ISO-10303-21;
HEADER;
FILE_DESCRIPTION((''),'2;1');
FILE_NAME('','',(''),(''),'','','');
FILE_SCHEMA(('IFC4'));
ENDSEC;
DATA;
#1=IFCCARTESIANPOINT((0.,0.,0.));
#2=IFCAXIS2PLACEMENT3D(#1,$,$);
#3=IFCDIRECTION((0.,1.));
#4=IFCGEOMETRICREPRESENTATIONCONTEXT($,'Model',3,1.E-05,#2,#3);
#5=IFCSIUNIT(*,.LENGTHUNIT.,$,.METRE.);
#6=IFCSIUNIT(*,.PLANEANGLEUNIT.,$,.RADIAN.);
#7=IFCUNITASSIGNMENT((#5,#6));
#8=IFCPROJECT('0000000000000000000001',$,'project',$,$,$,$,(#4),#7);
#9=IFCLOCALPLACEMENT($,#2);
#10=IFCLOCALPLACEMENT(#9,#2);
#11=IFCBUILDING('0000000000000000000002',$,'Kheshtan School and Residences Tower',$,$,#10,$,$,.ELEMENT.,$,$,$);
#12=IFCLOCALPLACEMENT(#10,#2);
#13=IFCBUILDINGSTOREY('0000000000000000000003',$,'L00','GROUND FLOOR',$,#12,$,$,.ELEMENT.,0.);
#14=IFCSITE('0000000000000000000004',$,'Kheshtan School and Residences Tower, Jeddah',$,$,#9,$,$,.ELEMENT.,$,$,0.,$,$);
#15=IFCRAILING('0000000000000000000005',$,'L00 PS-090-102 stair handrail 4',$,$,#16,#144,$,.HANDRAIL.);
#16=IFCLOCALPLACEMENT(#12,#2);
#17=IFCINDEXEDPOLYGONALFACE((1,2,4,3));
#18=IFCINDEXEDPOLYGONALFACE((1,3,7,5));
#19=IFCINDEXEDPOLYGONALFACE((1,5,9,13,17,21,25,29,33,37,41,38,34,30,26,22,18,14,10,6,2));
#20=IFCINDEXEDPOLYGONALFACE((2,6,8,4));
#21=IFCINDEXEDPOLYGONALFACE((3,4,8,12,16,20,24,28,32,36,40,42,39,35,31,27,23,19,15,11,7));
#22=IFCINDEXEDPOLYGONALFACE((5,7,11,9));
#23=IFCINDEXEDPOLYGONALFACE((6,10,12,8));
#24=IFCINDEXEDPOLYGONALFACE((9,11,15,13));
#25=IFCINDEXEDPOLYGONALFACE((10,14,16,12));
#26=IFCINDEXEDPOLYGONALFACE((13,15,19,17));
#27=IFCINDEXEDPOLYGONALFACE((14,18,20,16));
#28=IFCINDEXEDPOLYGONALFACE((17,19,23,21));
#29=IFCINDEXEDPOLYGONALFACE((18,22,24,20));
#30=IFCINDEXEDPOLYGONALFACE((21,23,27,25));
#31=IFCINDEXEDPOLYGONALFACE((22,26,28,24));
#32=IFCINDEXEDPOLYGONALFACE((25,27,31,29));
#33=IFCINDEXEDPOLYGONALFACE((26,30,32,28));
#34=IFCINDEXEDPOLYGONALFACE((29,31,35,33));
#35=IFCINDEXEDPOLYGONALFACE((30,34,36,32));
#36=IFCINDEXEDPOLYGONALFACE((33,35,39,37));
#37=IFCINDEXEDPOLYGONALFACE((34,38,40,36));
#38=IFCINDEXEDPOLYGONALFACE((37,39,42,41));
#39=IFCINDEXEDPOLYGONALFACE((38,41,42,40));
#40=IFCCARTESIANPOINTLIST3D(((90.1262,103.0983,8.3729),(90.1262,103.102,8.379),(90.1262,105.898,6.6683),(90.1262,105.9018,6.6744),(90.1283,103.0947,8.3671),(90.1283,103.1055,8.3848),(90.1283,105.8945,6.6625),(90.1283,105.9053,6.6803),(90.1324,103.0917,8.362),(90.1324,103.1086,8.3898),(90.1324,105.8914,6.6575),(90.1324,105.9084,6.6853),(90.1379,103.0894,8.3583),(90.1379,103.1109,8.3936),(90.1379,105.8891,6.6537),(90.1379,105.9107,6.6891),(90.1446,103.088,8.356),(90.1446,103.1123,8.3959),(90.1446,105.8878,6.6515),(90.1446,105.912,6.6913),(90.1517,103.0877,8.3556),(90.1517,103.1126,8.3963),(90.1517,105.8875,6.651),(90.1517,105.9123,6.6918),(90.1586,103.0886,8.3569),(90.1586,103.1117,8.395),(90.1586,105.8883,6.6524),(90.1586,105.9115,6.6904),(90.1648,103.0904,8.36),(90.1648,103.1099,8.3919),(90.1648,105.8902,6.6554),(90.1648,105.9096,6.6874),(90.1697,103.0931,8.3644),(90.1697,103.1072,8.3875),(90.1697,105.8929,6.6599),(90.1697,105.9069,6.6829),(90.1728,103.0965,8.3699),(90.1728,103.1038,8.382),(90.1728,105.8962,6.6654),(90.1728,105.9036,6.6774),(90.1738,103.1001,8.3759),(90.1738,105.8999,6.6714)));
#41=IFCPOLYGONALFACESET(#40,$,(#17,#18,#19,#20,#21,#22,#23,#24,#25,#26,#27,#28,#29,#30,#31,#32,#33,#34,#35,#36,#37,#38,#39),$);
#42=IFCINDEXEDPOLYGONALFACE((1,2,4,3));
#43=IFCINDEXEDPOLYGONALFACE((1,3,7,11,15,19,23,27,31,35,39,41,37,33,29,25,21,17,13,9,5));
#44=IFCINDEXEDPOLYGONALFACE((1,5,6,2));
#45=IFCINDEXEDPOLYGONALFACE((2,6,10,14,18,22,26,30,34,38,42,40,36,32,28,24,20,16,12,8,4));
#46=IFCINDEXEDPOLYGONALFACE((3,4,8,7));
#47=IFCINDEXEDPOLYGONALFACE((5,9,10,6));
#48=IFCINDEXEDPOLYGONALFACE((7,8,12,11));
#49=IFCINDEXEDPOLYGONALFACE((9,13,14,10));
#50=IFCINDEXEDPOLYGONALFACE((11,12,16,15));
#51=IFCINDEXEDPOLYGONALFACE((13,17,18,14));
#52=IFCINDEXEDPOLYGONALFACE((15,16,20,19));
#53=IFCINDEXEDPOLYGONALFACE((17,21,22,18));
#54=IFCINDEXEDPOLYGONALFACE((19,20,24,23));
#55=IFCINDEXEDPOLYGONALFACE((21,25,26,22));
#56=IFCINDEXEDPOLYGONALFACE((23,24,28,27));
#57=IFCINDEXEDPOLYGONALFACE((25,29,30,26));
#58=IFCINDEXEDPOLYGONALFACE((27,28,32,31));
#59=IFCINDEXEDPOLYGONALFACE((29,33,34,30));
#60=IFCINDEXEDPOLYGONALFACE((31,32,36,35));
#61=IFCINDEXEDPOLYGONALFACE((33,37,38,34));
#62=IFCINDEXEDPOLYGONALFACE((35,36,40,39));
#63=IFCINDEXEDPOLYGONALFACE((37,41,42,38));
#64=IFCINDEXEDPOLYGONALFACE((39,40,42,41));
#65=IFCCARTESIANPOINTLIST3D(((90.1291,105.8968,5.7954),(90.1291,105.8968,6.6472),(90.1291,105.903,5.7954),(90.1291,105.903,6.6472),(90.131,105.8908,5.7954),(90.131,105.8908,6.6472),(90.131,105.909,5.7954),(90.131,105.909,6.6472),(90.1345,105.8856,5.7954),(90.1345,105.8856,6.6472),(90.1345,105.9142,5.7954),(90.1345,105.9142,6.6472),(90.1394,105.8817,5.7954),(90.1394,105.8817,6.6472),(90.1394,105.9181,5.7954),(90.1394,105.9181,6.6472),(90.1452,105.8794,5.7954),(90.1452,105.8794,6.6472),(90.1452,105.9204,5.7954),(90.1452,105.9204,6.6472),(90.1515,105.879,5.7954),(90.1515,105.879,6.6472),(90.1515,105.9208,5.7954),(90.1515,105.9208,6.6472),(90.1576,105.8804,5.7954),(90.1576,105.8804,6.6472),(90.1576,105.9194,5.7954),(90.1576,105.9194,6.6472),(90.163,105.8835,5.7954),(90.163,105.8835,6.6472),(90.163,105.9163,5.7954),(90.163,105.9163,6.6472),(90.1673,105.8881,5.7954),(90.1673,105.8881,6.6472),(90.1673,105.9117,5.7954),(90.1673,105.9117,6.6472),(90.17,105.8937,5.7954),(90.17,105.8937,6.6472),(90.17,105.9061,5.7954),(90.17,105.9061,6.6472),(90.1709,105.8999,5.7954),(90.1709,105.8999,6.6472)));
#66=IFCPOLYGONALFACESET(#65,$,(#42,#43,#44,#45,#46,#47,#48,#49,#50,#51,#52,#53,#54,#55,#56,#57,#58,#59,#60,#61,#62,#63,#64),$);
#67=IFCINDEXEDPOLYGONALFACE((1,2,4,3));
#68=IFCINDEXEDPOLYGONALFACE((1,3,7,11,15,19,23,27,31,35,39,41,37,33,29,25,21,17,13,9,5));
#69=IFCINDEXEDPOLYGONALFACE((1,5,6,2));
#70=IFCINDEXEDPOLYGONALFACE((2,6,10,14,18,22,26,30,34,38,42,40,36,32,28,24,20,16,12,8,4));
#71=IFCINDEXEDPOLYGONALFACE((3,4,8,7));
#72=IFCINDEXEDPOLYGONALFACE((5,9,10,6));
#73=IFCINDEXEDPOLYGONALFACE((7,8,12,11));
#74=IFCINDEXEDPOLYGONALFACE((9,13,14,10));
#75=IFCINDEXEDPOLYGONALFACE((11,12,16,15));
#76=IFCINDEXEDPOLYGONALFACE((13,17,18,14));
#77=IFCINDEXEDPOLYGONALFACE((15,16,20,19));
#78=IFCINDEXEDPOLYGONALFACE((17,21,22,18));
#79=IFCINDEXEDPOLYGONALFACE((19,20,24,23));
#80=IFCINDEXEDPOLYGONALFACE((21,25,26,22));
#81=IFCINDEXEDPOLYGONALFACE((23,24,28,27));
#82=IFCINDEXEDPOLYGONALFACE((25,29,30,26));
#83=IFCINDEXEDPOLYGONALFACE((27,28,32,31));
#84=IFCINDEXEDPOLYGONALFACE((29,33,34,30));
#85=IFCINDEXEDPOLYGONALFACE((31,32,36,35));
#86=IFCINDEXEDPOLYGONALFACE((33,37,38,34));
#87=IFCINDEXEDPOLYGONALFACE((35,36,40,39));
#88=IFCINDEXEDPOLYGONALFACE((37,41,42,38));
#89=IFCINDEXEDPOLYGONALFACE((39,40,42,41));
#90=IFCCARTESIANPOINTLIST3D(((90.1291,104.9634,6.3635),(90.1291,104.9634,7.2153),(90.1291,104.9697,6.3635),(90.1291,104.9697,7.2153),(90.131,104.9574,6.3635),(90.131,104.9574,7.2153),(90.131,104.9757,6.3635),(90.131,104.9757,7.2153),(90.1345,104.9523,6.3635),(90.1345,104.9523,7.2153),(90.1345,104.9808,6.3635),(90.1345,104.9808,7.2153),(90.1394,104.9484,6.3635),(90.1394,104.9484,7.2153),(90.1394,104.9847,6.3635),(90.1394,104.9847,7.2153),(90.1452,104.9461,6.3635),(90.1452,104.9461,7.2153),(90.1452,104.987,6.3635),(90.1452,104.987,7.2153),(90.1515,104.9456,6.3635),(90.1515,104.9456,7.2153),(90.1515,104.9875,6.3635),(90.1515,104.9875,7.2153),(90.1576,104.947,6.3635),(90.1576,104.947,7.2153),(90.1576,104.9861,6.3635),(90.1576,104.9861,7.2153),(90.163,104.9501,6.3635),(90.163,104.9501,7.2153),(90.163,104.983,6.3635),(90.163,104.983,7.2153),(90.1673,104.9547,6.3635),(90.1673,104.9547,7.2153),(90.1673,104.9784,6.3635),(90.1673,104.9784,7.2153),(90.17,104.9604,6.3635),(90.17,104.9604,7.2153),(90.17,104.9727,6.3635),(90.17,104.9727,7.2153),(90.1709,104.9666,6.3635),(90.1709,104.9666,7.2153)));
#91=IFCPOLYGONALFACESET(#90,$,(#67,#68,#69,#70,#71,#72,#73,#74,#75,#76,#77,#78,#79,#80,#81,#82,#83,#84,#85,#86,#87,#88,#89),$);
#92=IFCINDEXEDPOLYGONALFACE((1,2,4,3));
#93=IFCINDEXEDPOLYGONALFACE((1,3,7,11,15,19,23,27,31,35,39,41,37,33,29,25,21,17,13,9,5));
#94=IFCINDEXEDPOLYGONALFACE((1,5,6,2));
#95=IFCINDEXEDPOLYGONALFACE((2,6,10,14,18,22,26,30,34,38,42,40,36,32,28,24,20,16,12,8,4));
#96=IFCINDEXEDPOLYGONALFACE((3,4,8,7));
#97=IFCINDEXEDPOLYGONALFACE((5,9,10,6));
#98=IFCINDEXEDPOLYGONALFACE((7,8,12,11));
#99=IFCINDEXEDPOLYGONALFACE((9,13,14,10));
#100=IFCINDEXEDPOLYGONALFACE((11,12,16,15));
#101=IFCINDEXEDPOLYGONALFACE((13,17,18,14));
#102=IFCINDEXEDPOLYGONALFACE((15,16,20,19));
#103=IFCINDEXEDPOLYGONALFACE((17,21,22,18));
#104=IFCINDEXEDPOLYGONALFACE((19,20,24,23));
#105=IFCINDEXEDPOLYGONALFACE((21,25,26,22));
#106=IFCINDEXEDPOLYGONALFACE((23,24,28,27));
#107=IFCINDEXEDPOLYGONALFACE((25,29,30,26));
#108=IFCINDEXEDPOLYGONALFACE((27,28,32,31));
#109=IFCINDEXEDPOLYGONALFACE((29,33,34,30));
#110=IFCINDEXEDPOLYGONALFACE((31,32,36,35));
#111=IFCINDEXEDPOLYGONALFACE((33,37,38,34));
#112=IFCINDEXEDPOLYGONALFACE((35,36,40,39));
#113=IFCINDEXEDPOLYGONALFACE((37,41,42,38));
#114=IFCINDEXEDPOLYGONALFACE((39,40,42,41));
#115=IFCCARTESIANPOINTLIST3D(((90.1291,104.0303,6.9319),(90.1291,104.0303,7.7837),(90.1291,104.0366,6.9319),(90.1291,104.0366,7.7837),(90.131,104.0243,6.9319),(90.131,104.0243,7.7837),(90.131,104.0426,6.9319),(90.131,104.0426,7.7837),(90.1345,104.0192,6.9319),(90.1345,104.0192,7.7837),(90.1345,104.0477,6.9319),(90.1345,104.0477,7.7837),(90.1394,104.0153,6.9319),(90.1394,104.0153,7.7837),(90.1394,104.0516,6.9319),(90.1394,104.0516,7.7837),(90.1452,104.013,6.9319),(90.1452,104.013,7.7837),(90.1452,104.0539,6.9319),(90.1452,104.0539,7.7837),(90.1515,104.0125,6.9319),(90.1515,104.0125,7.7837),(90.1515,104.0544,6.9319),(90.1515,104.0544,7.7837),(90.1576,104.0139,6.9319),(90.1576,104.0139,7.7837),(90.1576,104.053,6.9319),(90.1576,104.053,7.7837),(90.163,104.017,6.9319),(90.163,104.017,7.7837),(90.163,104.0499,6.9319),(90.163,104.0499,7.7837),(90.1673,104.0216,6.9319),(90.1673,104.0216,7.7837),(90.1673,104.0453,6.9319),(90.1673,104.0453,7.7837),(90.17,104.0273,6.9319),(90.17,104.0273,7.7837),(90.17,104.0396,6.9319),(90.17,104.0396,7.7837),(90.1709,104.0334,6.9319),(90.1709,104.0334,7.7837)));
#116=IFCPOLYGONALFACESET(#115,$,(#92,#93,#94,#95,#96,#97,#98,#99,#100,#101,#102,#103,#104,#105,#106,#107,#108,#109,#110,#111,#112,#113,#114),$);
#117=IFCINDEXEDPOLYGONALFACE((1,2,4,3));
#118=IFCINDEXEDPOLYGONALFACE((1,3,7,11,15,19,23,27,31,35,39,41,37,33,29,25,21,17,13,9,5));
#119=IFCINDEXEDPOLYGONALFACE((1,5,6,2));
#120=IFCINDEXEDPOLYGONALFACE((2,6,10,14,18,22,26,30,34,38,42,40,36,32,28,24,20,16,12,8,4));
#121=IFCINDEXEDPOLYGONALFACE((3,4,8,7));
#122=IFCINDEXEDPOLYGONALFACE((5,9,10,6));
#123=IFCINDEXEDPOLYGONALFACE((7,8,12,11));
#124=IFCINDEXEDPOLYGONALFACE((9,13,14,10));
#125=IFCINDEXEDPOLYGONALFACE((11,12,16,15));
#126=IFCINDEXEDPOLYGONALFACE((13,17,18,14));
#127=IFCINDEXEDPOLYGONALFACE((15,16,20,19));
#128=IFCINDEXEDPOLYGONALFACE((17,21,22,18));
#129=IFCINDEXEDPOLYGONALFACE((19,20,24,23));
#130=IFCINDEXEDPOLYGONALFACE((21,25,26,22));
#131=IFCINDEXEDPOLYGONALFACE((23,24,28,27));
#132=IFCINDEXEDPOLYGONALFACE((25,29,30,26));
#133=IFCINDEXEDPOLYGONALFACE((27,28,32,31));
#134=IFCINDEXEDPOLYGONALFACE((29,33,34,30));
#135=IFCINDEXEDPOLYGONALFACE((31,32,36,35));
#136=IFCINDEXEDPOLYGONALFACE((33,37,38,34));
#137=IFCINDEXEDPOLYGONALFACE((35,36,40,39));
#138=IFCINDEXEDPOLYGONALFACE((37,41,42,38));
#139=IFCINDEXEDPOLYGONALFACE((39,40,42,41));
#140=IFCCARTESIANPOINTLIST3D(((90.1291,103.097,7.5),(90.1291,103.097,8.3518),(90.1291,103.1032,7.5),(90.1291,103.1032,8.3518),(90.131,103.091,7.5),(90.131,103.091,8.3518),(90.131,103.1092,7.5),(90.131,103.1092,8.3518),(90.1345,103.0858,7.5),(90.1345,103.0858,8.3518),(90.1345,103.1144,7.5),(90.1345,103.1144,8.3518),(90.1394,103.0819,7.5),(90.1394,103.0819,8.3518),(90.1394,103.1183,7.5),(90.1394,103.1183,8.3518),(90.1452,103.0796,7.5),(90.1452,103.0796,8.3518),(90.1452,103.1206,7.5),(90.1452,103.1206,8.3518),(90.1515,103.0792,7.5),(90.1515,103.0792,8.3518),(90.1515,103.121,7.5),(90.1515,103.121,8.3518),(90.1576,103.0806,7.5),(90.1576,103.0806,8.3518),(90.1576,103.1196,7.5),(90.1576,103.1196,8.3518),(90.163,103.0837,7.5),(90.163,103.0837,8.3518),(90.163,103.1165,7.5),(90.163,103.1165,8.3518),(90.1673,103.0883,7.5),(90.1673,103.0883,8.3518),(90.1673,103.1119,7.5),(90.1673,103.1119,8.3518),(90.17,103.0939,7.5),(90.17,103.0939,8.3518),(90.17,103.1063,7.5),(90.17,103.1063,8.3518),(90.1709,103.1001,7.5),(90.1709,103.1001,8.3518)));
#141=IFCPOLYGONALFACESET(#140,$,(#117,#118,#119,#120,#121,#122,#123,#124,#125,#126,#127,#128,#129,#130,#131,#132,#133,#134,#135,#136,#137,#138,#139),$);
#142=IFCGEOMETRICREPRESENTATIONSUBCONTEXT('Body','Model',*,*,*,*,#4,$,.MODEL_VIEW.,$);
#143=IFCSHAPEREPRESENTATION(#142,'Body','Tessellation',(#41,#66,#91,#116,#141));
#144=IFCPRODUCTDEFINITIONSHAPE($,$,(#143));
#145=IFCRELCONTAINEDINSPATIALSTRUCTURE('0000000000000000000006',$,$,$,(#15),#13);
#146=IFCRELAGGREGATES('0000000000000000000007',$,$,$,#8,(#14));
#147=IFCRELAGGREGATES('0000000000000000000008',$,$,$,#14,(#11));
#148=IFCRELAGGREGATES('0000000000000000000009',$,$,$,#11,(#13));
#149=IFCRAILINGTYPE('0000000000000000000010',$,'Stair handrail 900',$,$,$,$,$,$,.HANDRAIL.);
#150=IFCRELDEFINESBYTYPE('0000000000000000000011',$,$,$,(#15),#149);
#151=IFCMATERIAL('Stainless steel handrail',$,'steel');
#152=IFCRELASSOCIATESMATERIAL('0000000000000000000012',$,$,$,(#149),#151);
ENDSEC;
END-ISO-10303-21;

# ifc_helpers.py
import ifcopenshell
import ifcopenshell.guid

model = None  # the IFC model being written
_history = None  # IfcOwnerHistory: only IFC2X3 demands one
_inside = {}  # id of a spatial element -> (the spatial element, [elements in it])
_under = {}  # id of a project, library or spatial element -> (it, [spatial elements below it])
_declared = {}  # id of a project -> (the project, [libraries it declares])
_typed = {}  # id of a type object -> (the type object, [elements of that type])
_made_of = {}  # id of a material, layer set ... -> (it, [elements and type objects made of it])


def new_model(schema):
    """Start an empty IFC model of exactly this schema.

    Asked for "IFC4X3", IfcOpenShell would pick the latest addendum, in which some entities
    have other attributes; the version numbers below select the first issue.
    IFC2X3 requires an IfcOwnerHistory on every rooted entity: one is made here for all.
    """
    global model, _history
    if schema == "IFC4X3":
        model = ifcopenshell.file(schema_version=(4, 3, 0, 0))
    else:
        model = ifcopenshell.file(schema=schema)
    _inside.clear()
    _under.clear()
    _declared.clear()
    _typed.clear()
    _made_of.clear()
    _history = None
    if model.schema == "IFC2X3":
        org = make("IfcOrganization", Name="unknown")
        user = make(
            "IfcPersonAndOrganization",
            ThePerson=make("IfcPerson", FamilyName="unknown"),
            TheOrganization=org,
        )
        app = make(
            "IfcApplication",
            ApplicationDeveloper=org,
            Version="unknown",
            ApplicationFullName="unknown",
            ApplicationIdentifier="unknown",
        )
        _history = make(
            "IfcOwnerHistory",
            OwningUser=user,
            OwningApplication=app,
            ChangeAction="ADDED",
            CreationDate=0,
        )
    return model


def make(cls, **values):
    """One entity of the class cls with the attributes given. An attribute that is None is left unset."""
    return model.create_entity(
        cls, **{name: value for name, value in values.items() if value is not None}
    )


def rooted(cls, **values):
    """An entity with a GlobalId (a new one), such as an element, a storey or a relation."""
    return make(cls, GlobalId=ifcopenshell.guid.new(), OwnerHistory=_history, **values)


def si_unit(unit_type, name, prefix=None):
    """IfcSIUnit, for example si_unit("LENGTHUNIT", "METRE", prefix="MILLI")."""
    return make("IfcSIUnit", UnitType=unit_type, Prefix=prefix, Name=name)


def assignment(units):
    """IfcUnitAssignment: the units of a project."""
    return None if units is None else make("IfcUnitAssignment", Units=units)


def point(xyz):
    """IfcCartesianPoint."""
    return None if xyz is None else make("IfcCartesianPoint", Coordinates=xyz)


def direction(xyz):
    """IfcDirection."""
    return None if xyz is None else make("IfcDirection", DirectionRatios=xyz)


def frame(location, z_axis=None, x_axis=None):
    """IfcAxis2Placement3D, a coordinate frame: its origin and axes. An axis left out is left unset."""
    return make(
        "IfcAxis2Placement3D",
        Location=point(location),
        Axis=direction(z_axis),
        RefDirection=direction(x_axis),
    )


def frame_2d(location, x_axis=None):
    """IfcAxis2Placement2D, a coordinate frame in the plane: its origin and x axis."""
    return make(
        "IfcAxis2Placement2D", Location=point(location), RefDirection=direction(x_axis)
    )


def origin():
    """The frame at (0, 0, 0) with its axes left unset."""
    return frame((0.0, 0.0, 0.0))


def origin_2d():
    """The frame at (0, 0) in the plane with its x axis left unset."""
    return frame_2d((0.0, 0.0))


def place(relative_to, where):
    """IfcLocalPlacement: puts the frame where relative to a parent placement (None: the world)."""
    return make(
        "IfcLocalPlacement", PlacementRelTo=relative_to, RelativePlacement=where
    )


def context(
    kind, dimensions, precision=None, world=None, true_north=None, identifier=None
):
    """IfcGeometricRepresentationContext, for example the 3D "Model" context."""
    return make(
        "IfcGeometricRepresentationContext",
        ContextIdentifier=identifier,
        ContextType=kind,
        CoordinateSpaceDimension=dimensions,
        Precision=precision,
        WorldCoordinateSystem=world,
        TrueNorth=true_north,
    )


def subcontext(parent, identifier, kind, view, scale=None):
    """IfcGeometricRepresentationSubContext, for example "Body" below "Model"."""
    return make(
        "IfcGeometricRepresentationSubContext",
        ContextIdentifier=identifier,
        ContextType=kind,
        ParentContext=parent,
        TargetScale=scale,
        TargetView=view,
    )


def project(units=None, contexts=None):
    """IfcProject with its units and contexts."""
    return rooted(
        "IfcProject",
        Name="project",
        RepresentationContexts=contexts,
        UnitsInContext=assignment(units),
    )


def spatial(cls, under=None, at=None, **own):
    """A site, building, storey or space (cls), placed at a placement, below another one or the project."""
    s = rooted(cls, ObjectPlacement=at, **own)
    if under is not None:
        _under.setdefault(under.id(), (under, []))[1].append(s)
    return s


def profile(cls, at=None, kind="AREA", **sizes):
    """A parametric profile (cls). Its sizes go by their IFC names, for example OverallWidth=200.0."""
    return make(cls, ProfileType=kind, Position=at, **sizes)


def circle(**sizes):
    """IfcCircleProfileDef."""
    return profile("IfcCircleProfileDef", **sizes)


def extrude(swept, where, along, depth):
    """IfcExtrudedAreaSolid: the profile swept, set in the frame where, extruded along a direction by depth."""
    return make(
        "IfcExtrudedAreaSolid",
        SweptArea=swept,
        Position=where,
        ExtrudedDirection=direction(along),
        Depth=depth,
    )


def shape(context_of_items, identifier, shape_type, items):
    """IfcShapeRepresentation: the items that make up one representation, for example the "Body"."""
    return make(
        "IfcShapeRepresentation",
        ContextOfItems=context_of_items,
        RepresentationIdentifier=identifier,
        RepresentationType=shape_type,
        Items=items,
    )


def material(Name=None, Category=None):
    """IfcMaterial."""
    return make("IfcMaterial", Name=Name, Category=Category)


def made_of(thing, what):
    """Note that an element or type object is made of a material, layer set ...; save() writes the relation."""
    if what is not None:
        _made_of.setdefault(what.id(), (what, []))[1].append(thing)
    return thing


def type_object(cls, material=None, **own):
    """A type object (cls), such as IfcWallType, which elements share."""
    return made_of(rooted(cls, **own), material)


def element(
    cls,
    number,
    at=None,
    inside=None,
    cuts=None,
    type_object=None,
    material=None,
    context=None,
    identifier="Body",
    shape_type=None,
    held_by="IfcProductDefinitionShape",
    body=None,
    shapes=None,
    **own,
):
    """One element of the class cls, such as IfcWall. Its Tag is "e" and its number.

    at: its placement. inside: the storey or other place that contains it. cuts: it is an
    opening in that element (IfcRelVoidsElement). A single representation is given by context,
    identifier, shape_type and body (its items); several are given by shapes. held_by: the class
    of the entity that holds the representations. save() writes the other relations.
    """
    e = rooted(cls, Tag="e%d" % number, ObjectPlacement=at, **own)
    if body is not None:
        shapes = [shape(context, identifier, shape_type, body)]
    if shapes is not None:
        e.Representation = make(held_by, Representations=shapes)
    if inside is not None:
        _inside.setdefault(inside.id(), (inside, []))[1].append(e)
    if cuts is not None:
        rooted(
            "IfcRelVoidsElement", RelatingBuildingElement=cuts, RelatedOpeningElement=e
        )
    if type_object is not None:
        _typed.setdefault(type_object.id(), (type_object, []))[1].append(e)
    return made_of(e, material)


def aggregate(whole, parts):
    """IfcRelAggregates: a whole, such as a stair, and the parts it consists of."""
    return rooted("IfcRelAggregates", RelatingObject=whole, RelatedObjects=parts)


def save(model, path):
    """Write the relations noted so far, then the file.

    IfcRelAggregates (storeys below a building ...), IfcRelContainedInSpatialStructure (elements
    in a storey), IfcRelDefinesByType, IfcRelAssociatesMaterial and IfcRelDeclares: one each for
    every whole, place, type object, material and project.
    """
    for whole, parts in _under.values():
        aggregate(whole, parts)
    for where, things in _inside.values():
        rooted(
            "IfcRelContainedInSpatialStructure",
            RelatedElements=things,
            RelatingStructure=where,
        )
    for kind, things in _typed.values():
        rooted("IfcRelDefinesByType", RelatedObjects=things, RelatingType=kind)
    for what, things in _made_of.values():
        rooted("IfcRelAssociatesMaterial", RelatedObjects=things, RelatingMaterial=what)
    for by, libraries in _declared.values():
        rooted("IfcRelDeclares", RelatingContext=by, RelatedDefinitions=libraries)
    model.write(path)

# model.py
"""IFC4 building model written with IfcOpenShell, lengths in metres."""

from ifc_helpers import new_model, si_unit, direction, frame, origin, origin_2d, place, context, subcontext, project, spatial, circle, extrude, material, type_object, element, save


model = new_model("IFC4")

# Units and contexts
model_context = context("Model", 3, precision=1e-05, world=origin(), true_north=direction((0.0, 1.0)))
body_context = subcontext(model_context, "Body", "Model", "MODEL_VIEW")
ifc_project = project(units=[si_unit("LENGTHUNIT", "METRE"), si_unit("PLANEANGLEUNIT", "RADIAN")], contexts=[model_context])

# Site, building, storey
site_placement = place(None, origin())
site = spatial("IfcSite", under=ifc_project, at=site_placement, Name="Kheshtan School and Residences Tower, Jeddah", CompositionType="ELEMENT", RefElevation=0.0)
building_placement = place(site_placement, origin())
building = spatial("IfcBuilding", under=site, at=building_placement, Name="Kheshtan School and Residences Tower", CompositionType="ELEMENT")
storey_placement = place(building_placement, origin())
storey = spatial("IfcBuildingStorey", under=building, at=storey_placement, Name="L00", Description="GROUND FLOOR", CompositionType="ELEMENT", Elevation=0.0)

# Railing
ifc_material_1 = material(Name="Stainless steel handrail", Category="steel")
railing_type = type_object("IfcRailingType", Name="Stair handrail 900", PredefinedType="HANDRAIL", material=ifc_material_1)
for number, where, name in (
    (1, (90.1499, 105.8999, 5.7954), "L00 PS-090-102 stair handrail 4"),
):
    element("IfcRailing", number, at=place(storey_placement, frame(where)), inside=storey, type_object=railing_type, Name=name, PredefinedType="HANDRAIL", context=body_context, shape_type="SweptSolid", body=[
        extrude(circle(Radius=0.0239, at=origin_2d()), frame((0.0, 0.0, 0.876), z_axis=(0.0, -0.85415, 0.520027), x_axis=(1.0, 0.0, 0.0)), (0.0, 0.0, 1.0), 3.2778),
        extrude(circle(Radius=0.021, at=origin_2d()), origin(), (0.0, 0.0, 1.0), 0.8518),
        extrude(circle(Radius=0.021, at=origin_2d()), frame((0.0, -0.9333, 0.5681)), (0.0, 0.0, 1.0), 0.8518),
        extrude(circle(Radius=0.021, at=origin_2d()), frame((0.0, -1.8665, 1.1365)), (0.0, 0.0, 1.0), 0.8518),
        extrude(circle(Radius=0.021, at=origin_2d()), frame((0.0, -2.7998, 1.7046)), (0.0, 0.0, 1.0), 0.8518),
    ])

save(model, "model.ifc")
